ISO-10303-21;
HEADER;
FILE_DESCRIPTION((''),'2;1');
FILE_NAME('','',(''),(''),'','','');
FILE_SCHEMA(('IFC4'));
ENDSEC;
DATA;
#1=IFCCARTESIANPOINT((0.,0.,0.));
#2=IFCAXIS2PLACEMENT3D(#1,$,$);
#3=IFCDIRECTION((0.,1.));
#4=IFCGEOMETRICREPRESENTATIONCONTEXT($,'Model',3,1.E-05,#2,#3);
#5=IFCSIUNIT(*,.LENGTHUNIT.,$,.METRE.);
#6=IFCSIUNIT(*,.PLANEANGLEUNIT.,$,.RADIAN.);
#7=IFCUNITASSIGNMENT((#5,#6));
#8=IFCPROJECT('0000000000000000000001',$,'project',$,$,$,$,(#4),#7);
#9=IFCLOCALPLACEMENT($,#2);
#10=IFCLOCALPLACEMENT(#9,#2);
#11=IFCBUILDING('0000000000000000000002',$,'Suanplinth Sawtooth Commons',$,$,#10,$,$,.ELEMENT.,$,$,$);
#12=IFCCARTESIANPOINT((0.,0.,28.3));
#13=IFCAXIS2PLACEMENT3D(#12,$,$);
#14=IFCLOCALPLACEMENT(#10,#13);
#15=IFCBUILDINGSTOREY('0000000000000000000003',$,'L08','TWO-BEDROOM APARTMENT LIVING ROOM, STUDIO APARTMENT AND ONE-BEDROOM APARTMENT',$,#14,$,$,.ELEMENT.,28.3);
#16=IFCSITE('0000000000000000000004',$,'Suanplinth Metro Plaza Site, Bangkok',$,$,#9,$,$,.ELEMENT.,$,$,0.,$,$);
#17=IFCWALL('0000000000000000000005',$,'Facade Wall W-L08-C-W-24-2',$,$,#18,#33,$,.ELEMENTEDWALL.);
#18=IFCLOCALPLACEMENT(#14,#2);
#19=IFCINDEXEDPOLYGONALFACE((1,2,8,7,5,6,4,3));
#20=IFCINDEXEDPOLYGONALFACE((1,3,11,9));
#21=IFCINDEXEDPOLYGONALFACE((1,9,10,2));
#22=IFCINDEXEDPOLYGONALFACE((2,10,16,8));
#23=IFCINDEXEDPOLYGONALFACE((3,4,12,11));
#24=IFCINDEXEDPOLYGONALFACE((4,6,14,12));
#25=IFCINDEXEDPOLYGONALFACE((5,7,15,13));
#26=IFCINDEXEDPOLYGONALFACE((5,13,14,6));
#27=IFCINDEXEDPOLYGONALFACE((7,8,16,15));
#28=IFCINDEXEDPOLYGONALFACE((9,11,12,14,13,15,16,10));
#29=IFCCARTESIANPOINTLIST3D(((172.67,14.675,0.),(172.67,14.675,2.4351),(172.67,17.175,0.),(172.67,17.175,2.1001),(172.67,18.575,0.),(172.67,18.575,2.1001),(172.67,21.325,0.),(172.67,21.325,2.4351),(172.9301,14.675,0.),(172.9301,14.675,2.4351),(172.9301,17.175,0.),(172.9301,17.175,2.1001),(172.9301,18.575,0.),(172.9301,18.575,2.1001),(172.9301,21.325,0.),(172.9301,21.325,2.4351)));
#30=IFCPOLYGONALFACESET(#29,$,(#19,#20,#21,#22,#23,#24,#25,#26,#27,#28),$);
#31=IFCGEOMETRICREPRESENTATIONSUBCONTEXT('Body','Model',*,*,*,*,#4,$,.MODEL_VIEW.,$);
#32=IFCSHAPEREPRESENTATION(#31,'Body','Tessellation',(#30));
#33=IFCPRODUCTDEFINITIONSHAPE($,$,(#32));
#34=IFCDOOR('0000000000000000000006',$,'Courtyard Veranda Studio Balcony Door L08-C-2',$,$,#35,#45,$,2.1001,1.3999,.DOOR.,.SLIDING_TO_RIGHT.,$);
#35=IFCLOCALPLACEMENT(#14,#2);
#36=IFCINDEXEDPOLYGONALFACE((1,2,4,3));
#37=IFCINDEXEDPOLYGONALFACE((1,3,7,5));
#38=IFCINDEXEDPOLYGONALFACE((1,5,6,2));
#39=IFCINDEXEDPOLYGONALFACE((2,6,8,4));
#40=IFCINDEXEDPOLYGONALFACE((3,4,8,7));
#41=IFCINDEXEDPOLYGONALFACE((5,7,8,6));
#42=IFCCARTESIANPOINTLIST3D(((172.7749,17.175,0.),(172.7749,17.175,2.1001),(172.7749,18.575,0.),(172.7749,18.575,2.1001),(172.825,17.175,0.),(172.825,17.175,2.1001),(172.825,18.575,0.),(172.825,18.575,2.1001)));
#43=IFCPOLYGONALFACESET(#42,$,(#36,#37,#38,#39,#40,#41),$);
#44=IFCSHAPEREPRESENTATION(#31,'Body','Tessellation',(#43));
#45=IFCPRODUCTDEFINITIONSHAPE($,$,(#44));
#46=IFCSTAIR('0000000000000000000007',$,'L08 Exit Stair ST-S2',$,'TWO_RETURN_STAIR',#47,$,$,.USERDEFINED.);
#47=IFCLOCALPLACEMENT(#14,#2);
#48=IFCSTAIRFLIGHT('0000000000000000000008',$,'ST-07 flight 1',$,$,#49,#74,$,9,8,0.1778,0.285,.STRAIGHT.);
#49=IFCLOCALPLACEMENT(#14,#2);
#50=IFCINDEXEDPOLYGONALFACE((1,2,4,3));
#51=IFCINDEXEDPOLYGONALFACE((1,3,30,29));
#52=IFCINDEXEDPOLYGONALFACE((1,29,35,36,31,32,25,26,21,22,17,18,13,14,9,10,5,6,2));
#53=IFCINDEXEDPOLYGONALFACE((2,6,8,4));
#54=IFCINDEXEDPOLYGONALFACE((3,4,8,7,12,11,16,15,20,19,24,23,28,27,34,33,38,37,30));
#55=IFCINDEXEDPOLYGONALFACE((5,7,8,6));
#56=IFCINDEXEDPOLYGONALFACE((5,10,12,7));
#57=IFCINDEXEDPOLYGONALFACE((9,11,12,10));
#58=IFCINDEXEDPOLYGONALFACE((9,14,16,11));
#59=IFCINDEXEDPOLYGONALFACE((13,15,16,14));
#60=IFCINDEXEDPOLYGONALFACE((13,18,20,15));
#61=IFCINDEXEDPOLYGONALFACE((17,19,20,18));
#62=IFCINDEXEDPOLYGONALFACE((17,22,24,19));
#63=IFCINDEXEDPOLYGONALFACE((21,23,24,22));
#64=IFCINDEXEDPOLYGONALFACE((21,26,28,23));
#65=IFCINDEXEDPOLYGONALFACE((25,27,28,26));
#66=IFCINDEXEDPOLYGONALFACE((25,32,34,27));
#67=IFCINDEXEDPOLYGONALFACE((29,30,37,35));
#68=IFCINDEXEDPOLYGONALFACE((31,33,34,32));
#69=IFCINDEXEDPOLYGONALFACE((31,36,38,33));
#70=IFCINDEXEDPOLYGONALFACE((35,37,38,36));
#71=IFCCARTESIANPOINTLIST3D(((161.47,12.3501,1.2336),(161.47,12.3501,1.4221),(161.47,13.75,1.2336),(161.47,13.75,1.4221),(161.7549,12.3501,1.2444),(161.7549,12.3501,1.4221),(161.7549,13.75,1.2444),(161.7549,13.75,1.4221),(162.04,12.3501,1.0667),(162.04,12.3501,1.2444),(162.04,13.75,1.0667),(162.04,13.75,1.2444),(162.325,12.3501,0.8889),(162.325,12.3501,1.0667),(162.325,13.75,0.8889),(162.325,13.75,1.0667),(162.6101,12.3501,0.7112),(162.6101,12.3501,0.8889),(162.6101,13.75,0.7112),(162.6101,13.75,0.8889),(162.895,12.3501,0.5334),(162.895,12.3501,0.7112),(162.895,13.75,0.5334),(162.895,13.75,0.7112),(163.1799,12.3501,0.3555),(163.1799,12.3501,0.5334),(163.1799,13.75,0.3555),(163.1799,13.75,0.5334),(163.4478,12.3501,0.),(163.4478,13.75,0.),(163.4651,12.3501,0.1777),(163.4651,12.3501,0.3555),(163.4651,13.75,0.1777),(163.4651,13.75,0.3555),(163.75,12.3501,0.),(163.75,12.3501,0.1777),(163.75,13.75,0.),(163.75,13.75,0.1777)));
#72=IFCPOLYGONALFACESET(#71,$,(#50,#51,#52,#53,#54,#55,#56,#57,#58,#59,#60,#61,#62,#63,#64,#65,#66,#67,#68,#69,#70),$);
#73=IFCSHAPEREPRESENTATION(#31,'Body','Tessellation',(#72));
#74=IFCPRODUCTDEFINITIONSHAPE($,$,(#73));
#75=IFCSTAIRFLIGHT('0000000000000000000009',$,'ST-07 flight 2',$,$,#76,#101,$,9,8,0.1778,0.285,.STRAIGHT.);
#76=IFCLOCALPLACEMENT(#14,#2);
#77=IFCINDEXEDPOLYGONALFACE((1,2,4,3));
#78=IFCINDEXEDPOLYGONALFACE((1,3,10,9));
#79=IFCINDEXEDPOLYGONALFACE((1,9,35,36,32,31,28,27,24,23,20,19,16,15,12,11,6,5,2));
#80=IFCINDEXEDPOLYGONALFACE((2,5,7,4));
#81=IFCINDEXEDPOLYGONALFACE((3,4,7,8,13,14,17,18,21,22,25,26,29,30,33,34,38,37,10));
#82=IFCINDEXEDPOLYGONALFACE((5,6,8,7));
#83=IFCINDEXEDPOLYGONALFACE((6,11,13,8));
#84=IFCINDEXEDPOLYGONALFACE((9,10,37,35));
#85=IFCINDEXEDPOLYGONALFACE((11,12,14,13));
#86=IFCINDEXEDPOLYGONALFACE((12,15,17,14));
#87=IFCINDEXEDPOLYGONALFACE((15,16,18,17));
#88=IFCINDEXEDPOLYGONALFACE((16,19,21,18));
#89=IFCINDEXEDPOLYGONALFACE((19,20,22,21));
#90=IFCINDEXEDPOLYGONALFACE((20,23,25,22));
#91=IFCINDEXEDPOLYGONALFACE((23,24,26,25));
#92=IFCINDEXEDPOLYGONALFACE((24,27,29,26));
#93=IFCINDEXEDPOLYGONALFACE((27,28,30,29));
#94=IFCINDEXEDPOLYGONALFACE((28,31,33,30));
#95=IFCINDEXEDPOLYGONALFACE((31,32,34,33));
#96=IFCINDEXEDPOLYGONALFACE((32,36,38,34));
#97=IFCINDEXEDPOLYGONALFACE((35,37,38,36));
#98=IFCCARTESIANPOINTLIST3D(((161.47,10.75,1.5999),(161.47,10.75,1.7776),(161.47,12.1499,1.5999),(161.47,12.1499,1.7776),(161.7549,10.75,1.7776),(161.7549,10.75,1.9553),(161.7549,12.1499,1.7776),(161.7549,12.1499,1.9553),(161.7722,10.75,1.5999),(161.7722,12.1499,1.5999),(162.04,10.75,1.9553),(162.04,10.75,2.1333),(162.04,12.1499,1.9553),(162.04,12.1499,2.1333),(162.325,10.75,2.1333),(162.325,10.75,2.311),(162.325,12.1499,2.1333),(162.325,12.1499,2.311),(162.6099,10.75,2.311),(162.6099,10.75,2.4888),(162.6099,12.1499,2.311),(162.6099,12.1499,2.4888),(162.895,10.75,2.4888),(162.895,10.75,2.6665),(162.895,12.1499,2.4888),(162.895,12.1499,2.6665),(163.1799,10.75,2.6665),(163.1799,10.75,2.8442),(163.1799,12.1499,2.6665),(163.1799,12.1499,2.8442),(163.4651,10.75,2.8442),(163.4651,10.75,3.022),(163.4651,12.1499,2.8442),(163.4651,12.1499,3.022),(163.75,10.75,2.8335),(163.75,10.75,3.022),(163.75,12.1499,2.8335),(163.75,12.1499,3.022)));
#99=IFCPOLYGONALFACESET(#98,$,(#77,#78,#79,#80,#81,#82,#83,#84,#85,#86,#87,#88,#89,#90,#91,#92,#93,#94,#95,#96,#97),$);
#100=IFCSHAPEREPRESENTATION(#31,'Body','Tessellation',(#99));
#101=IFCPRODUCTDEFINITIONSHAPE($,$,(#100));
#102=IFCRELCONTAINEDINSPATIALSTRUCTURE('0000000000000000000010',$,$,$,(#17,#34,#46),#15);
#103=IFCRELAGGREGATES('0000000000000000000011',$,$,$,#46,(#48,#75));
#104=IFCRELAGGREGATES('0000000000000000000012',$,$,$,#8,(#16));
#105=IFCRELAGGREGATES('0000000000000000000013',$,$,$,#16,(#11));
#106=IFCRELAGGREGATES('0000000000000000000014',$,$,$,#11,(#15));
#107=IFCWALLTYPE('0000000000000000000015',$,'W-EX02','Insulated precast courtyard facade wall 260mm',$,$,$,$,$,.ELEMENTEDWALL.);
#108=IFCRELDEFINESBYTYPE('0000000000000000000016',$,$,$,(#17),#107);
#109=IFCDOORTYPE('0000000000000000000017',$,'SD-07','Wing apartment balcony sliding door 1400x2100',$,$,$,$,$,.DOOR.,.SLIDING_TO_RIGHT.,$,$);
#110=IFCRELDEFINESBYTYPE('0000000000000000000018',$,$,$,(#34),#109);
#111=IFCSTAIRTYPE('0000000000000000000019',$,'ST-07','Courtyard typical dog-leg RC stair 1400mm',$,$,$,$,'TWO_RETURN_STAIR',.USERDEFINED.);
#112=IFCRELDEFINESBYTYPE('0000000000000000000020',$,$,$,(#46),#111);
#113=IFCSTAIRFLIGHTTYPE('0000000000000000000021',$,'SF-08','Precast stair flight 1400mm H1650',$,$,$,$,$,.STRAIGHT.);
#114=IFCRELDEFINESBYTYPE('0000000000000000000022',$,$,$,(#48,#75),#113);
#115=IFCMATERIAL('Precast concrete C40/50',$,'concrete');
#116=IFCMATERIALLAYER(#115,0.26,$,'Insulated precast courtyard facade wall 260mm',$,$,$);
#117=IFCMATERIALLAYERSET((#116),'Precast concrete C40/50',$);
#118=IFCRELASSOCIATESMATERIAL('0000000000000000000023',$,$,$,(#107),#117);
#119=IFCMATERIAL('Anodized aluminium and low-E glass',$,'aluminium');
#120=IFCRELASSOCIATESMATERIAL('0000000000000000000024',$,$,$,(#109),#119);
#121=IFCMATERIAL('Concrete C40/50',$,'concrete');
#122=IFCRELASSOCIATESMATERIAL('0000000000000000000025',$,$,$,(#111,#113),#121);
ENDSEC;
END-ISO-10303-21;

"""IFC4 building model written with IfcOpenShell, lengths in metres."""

from ifc_helpers import new_model, si_unit, direction, frame, frame_2d, origin, place, context, subcontext, project, spatial, polyline, rectangle, outline, extrude, material, layer, layer_set, type_object, element, fill, aggregate, save


model = new_model("IFC4")

# Units and contexts
model_context = context("Model", 3, precision=1e-05, world=origin(), true_north=direction((0.0, 1.0)))
body_context = subcontext(model_context, "Body", "Model", "MODEL_VIEW")
ifc_project = project(units=[si_unit("LENGTHUNIT", "METRE"), si_unit("PLANEANGLEUNIT", "RADIAN")], contexts=[model_context])

# Site, building, storey
site_placement = place(None, origin())
site = spatial("IfcSite", under=ifc_project, at=site_placement, Name="Suanplinth Metro Plaza Site, Bangkok", CompositionType="ELEMENT", RefElevation=0.0)
building_placement = place(site_placement, origin())
building = spatial("IfcBuilding", under=site, at=building_placement, Name="Suanplinth Sawtooth Commons", CompositionType="ELEMENT")
storey_placement = place(building_placement, frame((0.0, 0.0, 28.3)))
storey = spatial("IfcBuildingStorey", under=building, at=storey_placement, Name="L08", Description="TWO-BEDROOM APARTMENT LIVING ROOM, STUDIO APARTMENT AND ONE-BEDROOM APARTMENT", CompositionType="ELEMENT", Elevation=28.3)

# Shared definitions
ifc_material_1 = material(Name="Precast concrete C40/50", Category="concrete")

# Shared definitions
ifc_material_2 = material(Name="Concrete C40/50", Category="concrete")

# Shared definitions
ifc_layer_1 = layer(ifc_material_1, 0.26, Name="Insulated precast courtyard facade wall 260mm")
ifc_layer_set_1 = layer_set([ifc_layer_1], Name="Precast concrete C40/50")
wall_type_1 = type_object("IfcWallType", Name="W-EX02", Description="Insulated precast courtyard facade wall 260mm", PredefinedType="ELEMENTEDWALL", material=ifc_layer_set_1)

# Wall, opening, door
wall_1_placement = place(storey_placement, frame((172.8, 14.675, 0.0), z_axis=(0.0, 0.0, 1.0), x_axis=(0.0, 1.0, 0.0)))
wall_1 = element("IfcWall", 1, at=wall_1_placement, inside=storey, type_object=wall_type_1, Name="Facade Wall W-L08-C-W-24-2", PredefinedType="ELEMENTEDWALL", context=body_context, shape_type="SweptSolid", body=[
    extrude(rectangle(XDim=6.6499, YDim=0.26, at=frame_2d((3.325, 0.0))), origin(), (0.0, 0.0, 1.0), 2.4351),
])
opening_1_placement = place(wall_1_placement, frame((2.5, 0.0, 0.0)))
opening_1 = element("IfcOpeningElement", 2, at=opening_1_placement, cuts=wall_1, PredefinedType="OPENING", context=body_context, shape_type="SweptSolid", body=[
    extrude(rectangle(XDim=1.3999, YDim=2.1001, at=frame_2d((0.7, 1.05))), frame((0.0, 0.145, 0.0), z_axis=(0.0, -1.0, 0.0), x_axis=(1.0, 0.0, 0.0)), (0.0, 0.0, 1.0), 0.2898),
])
ifc_material_3 = material(Name="Anodized aluminium and low-E glass", Category="aluminium")
door_type = type_object("IfcDoorType", Name="SD-07", Description="Wing apartment balcony sliding door 1400x2100", OperationType="SLIDING_TO_RIGHT", PredefinedType="DOOR", material=ifc_material_3)
door_placement = place(opening_1_placement, frame((1.3999, 0.0, 0.0), z_axis=(0.0, 0.0, 1.0), x_axis=(-1.0, 0.0, 0.0)))
door = element("IfcDoor", 3, at=door_placement, inside=storey, type_object=door_type, Name="Courtyard Veranda Studio Balcony Door L08-C-2", OperationType="SLIDING_TO_RIGHT", OverallHeight=2.1001, OverallWidth=1.3999, PredefinedType="DOOR", context=body_context, shape_type="SweptSolid", body=[
    extrude(rectangle(XDim=1.3999, YDim=2.1001, at=frame_2d((0.7, 1.05))), frame((0.0, 0.0249, 0.0), z_axis=(0.0, -1.0, 0.0), x_axis=(1.0, 0.0, 0.0)), (0.0, 0.0, 1.0), 0.05),
])
fill(opening_1, door)

# Stair, stair flights
stair_type = type_object("IfcStairType", Name="ST-07", Description="Courtyard typical dog-leg RC stair 1400mm", ElementType="TWO_RETURN_STAIR", PredefinedType="USERDEFINED", material=ifc_material_2)
stair_placement = place(storey_placement, origin())
stair = element("IfcStair", 4, at=stair_placement, inside=storey, type_object=stair_type, Name="L08 Exit Stair ST-S2", ObjectType="TWO_RETURN_STAIR", PredefinedType="USERDEFINED")
stair_flight_type = type_object("IfcStairFlightType", Name="SF-08", Description="Precast stair flight 1400mm H1650", PredefinedType="STRAIGHT", material=ifc_material_2)
stair_flight_1_placement = place(storey_placement, frame((163.75, 13.05, 0.0), z_axis=(0.0, 0.0, 1.0), x_axis=(-1.0, 0.0, 0.0)))
stair_flight_1 = element("IfcStairFlight", 5, at=stair_flight_1_placement, type_object=stair_flight_type, Name="ST-07 flight 1", NumberOfRisers=9, NumberOfTreads=8, PredefinedType="STRAIGHT", RiserHeight=0.1778, TreadLength=0.285, context=body_context, shape_type="SweptSolid", body=[
    extrude(outline(polyline([(0.0, 0.0), (0.0, 0.1777), (0.2849, 0.1777), (0.2849, 0.3555), (0.5701, 0.3555), (0.5701, 0.5334), (0.855, 0.5334), (0.855, 0.7112), (1.1399, 0.7112), (1.1399, 0.8889), (1.425, 0.8889), (1.425, 1.0667), (1.71, 1.0667), (1.71, 1.2444), (1.9951, 1.2444), (1.9951, 1.4221), (2.28, 1.4221), (2.28, 1.6001), (2.28, 1.2336), (0.3022, 0.0), (0.0, 0.0)])), frame((0.0, 0.7, 0.0), z_axis=(0.0, -1.0, 0.0), x_axis=(1.0, 0.0, 0.0)), (0.0, 0.0, 1.0), 1.3999),
])
stair_flight_2_placement = place(storey_placement, frame((161.47, 11.45, 1.5999), z_axis=(0.0, 0.0, 1.0), x_axis=(1.0, 0.0, 0.0)))
stair_flight_2 = element("IfcStairFlight", 6, at=stair_flight_2_placement, type_object=stair_flight_type, Name="ST-07 flight 2", NumberOfRisers=9, NumberOfTreads=8, PredefinedType="STRAIGHT", RiserHeight=0.1778, TreadLength=0.285, context=body_context, shape_type="SweptSolid", body=[
    extrude(outline(polyline([(0.0, 0.0), (0.0, 0.1777), (0.2849, 0.1777), (0.2849, 0.3555), (0.5701, 0.3555), (0.5701, 0.5334), (0.855, 0.5334), (0.855, 0.7112), (1.1399, 0.7112), (1.1399, 0.8889), (1.425, 0.8889), (1.425, 1.0667), (1.71, 1.0667), (1.71, 1.2444), (1.9951, 1.2444), (1.9951, 1.4221), (2.28, 1.4221), (2.28, 1.6001), (2.28, 1.2336), (0.3022, 0.0), (0.0, 0.0)])), frame((0.0, 0.7, 0.0), z_axis=(0.0, -1.0, 0.0), x_axis=(1.0, 0.0, 0.0)), (0.0, 0.0, 1.0), 1.3999),
])
aggregate(stair, [stair_flight_1, stair_flight_2])

save(model, "model.ifc")
